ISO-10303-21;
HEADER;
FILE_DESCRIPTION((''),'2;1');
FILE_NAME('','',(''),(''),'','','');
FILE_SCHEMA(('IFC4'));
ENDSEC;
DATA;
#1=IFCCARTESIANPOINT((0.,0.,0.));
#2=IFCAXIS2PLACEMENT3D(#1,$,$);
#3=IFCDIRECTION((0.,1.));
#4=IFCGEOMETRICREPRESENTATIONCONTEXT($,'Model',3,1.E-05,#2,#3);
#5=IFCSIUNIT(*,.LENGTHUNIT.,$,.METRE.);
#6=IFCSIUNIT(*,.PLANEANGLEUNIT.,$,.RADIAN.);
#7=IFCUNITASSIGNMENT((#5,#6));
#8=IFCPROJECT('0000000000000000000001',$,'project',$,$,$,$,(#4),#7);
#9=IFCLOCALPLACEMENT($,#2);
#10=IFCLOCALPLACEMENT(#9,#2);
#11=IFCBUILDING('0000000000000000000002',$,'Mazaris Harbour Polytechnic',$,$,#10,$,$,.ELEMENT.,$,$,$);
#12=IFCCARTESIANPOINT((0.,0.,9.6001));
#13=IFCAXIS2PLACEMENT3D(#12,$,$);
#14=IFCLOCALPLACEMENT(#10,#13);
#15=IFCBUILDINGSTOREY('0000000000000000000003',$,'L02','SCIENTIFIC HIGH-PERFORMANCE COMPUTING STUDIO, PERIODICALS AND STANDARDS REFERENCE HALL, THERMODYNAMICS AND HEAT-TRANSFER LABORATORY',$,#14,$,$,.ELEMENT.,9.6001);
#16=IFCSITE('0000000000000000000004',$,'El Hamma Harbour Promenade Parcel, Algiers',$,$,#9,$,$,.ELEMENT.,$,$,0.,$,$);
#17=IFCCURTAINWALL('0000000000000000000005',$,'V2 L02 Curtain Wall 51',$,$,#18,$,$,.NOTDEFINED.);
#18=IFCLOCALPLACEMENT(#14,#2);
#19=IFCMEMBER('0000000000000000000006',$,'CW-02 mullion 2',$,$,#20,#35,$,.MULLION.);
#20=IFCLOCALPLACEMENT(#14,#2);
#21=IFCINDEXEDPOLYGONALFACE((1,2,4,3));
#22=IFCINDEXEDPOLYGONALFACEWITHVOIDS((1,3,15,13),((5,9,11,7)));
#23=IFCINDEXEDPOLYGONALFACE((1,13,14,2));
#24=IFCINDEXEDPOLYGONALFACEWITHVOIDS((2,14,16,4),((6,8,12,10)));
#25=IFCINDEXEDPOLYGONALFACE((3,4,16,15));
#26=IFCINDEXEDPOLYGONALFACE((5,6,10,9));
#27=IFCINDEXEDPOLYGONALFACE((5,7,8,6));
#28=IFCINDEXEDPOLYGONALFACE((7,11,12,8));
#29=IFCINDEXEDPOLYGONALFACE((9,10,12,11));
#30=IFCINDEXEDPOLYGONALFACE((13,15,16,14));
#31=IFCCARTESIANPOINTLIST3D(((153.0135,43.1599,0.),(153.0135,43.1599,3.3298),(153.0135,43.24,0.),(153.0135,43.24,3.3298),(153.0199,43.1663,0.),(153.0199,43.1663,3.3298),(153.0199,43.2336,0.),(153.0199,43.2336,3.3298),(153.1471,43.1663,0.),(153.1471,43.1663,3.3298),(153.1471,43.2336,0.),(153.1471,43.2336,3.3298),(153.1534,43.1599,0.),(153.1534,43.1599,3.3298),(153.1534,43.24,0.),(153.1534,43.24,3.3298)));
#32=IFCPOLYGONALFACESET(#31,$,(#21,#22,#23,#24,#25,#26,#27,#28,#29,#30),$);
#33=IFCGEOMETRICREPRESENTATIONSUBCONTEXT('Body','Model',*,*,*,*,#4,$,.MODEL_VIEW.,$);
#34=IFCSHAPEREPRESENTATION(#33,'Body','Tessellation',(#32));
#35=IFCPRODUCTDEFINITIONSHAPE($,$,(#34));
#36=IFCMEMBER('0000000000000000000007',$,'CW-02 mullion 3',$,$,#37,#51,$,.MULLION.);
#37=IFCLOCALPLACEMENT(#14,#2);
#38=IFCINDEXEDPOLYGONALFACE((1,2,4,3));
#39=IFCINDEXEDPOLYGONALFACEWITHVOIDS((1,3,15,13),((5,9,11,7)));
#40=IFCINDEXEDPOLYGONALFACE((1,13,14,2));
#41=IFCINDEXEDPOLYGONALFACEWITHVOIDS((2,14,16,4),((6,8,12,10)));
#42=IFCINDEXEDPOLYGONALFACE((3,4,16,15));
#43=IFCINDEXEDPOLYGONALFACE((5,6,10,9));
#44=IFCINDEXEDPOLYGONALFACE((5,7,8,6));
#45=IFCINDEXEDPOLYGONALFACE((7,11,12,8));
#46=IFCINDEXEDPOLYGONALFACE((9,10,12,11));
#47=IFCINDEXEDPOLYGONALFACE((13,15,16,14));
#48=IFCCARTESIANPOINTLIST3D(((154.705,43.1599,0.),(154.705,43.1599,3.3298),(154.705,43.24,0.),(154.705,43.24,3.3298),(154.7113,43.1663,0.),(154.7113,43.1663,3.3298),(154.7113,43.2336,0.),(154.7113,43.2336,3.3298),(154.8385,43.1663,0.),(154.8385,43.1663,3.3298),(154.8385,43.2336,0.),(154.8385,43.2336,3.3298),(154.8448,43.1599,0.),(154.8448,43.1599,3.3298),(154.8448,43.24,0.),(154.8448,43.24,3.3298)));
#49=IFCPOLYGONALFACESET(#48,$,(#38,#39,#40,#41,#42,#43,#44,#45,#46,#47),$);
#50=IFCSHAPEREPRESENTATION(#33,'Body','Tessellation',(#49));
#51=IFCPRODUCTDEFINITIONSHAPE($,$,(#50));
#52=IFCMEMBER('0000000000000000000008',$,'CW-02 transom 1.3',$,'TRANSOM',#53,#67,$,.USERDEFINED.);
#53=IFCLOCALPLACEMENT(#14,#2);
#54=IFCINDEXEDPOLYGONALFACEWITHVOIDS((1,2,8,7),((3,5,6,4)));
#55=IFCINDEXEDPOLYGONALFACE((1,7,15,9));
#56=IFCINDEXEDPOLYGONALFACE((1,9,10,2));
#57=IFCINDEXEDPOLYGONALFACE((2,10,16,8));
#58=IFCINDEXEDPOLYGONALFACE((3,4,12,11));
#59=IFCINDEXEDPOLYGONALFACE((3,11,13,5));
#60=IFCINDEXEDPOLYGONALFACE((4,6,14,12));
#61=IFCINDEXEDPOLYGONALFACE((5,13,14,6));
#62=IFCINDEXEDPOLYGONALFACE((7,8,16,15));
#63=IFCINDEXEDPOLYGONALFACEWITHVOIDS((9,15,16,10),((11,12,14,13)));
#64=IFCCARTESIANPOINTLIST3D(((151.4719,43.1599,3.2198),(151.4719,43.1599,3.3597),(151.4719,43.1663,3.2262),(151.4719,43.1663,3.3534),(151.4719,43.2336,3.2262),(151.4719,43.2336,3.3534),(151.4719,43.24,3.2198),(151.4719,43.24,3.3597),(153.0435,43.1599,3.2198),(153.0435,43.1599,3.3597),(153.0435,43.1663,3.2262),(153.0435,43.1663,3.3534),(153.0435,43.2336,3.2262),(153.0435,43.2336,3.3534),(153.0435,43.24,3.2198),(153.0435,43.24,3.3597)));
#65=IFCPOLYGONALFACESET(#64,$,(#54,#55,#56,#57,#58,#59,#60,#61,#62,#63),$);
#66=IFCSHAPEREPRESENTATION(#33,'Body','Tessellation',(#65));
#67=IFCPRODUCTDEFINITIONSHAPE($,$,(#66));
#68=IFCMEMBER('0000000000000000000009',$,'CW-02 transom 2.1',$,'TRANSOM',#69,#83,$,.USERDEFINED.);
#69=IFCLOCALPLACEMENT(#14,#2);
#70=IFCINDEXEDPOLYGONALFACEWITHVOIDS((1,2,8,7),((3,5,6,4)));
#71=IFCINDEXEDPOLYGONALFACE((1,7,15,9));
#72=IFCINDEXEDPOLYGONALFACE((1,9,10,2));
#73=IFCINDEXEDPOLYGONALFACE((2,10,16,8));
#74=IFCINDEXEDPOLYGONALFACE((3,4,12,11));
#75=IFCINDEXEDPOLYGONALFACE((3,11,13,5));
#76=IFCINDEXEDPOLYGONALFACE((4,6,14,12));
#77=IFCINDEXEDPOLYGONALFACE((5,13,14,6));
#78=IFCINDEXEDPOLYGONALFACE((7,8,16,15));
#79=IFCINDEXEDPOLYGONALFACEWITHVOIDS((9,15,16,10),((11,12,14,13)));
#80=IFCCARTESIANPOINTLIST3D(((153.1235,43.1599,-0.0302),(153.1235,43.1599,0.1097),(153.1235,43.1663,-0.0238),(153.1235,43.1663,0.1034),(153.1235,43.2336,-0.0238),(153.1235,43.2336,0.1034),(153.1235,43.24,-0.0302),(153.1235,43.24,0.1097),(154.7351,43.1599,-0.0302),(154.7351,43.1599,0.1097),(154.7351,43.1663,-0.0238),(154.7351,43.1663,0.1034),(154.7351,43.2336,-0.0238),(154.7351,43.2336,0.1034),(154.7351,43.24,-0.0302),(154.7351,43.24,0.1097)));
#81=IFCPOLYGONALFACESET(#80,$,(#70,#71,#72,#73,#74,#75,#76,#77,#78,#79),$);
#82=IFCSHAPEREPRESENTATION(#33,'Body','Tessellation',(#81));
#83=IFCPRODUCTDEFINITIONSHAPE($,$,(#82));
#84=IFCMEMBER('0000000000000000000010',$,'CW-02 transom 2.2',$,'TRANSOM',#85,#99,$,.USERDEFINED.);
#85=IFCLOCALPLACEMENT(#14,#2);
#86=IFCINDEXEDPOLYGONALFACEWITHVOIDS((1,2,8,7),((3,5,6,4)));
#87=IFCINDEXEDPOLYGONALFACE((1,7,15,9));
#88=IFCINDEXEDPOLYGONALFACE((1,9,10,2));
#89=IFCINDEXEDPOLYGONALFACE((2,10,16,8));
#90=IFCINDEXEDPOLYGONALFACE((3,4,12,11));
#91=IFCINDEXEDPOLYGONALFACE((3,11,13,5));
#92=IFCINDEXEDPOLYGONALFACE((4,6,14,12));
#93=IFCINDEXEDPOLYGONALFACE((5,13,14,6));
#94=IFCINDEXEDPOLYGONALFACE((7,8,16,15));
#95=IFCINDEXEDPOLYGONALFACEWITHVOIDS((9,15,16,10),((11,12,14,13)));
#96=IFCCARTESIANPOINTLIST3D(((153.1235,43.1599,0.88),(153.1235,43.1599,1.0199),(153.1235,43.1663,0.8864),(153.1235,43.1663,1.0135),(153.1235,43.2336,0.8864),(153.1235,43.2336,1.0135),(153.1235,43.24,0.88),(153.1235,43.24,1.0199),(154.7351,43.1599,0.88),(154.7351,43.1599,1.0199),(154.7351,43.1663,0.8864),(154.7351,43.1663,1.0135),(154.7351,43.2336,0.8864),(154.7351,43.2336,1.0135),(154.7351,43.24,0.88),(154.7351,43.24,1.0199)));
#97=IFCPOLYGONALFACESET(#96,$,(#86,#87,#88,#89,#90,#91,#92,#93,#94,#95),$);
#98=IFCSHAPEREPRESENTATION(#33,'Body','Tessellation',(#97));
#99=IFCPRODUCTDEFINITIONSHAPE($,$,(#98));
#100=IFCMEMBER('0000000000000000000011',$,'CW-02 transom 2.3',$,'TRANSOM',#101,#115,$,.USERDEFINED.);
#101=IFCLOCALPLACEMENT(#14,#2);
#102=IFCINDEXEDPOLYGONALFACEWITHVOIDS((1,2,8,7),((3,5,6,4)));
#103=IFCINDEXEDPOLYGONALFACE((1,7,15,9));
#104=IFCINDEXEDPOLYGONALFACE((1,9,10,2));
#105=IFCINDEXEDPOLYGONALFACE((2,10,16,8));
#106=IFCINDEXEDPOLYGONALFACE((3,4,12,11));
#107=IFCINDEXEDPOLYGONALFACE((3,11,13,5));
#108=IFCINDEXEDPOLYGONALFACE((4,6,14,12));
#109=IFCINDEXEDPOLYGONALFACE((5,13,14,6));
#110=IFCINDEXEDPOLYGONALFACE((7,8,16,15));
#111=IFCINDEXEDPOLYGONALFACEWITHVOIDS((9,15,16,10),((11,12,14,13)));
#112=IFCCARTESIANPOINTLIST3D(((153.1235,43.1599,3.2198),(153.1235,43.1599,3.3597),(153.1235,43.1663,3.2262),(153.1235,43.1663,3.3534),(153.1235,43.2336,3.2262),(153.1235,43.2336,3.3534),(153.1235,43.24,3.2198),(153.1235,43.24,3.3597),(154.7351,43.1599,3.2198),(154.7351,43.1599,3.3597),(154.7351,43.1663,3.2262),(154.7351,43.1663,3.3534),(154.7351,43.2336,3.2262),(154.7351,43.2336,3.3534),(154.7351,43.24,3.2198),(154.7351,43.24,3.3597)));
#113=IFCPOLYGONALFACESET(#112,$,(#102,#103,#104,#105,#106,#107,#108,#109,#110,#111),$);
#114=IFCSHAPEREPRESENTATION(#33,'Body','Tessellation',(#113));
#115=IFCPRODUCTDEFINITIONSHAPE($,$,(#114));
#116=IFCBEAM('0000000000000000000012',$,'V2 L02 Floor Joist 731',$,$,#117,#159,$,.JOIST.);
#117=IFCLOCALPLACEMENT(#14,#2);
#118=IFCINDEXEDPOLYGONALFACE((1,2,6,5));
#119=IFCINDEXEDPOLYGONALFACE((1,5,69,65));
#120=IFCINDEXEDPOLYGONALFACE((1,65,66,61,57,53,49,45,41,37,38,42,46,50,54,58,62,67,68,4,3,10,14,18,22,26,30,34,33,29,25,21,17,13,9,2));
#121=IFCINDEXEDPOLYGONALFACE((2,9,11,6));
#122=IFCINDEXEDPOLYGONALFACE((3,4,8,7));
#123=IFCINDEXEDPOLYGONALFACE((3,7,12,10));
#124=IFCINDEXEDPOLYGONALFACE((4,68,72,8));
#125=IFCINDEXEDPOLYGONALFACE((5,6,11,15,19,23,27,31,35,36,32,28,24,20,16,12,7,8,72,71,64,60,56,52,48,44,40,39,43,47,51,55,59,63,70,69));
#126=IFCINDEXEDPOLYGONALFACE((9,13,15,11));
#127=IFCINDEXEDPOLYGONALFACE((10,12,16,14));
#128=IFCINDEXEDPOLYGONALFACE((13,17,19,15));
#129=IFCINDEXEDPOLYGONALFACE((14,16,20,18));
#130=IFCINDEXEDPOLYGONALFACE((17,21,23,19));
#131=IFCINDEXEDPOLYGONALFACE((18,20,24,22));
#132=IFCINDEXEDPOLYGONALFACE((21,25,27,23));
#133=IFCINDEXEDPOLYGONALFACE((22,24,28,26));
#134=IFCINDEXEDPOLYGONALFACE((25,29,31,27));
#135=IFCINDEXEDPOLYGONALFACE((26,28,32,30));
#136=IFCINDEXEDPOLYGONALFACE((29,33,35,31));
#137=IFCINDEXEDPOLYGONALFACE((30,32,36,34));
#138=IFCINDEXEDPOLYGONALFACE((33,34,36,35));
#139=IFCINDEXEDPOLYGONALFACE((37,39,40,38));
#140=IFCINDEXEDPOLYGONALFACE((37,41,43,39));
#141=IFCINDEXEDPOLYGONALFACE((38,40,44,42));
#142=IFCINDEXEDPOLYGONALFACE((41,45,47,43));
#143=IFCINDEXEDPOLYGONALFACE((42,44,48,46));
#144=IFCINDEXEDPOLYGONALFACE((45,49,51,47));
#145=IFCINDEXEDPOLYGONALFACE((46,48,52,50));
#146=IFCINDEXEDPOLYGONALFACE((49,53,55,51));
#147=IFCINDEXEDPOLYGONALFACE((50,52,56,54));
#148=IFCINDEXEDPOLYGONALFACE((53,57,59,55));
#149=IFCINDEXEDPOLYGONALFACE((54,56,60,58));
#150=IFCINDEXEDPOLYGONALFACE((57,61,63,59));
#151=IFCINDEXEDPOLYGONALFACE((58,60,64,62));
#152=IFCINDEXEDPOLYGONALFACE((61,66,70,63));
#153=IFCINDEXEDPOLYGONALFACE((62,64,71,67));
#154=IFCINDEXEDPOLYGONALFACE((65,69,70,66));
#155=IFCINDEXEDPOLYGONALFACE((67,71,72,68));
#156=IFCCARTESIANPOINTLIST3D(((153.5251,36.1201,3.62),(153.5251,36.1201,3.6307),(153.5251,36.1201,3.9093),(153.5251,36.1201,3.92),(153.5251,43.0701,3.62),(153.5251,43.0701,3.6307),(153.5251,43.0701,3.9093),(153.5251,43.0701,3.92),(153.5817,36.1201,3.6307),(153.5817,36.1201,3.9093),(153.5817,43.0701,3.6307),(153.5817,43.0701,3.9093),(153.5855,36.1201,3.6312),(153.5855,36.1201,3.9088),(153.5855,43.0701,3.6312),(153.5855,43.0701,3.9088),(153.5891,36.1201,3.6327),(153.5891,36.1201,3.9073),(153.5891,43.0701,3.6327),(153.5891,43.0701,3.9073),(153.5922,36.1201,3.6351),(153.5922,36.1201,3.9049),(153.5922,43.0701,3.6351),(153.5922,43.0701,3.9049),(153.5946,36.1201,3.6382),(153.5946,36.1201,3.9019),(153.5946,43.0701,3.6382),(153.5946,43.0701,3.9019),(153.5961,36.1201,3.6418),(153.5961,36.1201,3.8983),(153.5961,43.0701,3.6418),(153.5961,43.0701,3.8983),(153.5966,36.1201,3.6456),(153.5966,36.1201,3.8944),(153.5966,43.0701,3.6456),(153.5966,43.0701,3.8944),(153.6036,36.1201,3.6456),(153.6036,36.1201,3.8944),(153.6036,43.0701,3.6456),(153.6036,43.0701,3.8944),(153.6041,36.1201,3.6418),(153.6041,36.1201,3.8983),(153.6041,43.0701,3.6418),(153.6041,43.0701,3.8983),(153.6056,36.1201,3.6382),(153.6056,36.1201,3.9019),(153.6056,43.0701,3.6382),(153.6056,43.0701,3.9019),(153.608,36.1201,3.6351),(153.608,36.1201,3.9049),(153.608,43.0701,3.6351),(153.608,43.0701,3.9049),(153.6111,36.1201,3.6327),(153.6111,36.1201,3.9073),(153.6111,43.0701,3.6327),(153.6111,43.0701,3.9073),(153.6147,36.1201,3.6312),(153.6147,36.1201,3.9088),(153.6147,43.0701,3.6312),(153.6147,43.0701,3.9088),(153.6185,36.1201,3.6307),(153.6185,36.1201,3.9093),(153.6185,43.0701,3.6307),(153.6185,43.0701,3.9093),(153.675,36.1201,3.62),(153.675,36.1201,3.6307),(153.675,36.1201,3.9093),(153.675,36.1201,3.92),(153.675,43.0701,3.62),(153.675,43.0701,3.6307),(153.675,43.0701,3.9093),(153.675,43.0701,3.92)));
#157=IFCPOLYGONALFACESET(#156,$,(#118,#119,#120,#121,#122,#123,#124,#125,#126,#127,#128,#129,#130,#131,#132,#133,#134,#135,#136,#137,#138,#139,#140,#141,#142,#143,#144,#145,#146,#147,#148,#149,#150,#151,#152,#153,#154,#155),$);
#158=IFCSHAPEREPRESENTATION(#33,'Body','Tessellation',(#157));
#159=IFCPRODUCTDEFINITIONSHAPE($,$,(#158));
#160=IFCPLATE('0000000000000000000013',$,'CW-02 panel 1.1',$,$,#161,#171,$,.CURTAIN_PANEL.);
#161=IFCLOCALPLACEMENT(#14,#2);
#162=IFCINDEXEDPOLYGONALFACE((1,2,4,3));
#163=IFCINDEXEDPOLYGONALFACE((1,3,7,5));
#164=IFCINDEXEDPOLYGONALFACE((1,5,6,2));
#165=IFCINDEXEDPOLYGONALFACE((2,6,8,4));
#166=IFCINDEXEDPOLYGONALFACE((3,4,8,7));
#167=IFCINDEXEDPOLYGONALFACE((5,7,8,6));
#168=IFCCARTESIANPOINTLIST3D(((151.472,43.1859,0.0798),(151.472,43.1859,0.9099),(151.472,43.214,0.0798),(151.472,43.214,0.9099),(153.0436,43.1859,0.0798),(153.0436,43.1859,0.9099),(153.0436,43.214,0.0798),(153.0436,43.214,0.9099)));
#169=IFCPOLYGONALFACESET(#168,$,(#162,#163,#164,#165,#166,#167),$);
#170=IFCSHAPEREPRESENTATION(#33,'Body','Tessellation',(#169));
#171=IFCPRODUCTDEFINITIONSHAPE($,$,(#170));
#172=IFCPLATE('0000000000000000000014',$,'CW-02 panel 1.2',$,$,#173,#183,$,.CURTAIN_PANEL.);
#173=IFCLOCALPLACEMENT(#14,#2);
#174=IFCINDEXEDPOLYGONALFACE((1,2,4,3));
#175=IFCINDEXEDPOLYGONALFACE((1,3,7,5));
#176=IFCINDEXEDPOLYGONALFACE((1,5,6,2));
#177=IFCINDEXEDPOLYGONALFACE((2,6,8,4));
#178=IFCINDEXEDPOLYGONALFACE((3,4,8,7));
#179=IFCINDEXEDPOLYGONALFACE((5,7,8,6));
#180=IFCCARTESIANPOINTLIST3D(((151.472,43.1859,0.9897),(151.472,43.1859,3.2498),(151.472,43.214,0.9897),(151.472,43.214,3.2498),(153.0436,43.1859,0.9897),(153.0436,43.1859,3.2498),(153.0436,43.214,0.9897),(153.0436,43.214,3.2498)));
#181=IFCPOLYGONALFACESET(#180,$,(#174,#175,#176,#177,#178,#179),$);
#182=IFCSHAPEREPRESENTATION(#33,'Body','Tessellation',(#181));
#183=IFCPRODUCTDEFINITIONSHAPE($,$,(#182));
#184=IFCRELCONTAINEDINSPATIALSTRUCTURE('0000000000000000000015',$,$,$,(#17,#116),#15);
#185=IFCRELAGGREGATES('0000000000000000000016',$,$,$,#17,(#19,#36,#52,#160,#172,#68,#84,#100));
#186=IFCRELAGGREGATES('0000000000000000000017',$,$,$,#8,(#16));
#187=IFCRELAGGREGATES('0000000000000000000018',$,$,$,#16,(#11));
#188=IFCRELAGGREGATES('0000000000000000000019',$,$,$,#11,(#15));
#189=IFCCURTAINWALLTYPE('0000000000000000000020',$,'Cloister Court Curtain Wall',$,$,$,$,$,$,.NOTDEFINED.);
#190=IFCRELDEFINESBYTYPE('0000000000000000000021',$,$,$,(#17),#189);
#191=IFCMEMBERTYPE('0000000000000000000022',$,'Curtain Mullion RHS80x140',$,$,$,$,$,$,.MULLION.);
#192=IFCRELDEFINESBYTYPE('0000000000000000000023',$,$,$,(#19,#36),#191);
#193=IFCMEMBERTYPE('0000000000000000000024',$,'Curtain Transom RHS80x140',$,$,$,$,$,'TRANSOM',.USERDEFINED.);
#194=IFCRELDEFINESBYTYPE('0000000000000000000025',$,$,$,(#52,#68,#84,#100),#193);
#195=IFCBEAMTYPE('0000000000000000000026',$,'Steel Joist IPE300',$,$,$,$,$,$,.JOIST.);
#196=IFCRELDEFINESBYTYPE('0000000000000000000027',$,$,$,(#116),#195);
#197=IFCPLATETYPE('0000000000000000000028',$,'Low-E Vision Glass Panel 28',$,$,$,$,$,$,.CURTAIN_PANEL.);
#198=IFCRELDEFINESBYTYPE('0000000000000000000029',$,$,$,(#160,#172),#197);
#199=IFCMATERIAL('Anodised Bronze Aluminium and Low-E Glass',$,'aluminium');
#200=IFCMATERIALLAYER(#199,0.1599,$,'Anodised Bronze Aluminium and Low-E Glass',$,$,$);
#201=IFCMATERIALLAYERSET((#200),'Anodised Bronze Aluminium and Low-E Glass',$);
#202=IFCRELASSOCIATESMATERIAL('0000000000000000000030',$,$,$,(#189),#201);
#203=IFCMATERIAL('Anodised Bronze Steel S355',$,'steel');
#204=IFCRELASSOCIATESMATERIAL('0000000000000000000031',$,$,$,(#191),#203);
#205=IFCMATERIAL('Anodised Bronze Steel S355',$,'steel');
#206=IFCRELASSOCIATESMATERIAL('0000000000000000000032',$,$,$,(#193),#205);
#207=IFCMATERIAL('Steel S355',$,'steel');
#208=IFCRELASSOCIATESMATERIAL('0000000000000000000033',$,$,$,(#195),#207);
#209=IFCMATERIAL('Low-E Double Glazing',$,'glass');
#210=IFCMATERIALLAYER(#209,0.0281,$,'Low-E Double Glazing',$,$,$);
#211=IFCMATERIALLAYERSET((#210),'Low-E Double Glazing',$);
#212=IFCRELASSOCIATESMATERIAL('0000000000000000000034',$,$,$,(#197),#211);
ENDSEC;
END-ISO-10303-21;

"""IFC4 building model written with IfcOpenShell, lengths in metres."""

from ifc_helpers import new_model, si_unit, direction, frame, origin, origin_2d, place, context, subcontext, project, spatial, rectangle, hollow_rectangle, i_section, extrude, material, layer, layer_set, material_profile, profile_set, type_object, element, aggregate, save


model = new_model("IFC4")

# Units and contexts
model_context = context("Model", 3, precision=1e-05, world=origin(), true_north=direction((0.0, 1.0)))
body_context = subcontext(model_context, "Body", "Model", "MODEL_VIEW")
ifc_project = project(units=[si_unit("LENGTHUNIT", "METRE"), si_unit("PLANEANGLEUNIT", "RADIAN")], contexts=[model_context])

# Site, building, storey
site_placement = place(None, origin())
site = spatial("IfcSite", under=ifc_project, at=site_placement, Name="El Hamma Harbour Promenade Parcel, Algiers", CompositionType="ELEMENT", RefElevation=0.0)
building_placement = place(site_placement, origin())
building = spatial("IfcBuilding", under=site, at=building_placement, Name="Mazaris Harbour Polytechnic", CompositionType="ELEMENT")
storey_placement = place(building_placement, frame((0.0, 0.0, 9.6001)))
storey = spatial("IfcBuildingStorey", under=building, at=storey_placement, Name="L02", Description="SCIENTIFIC HIGH-PERFORMANCE COMPUTING STUDIO, PERIODICALS AND STANDARDS REFERENCE HALL, THERMODYNAMICS AND HEAT-TRANSFER LABORATORY", CompositionType="ELEMENT", Elevation=9.6001)

# Curtain wall, members
ifc_material_1 = material(Name="Anodised Bronze Aluminium and Low-E Glass", Category="aluminium")
ifc_layer_1 = layer(ifc_material_1, 0.1599, Name="Anodised Bronze Aluminium and Low-E Glass")
ifc_layer_set_1 = layer_set([ifc_layer_1], Name="Anodised Bronze Aluminium and Low-E Glass")
curtain_wall_type = type_object("IfcCurtainWallType", Name="Cloister Court Curtain Wall", PredefinedType="NOTDEFINED", material=ifc_layer_set_1)
curtain_wall_placement = place(storey_placement, origin())
curtain_wall = element("IfcCurtainWall", 1, at=curtain_wall_placement, inside=storey, type_object=curtain_wall_type, Name="V2 L02 Curtain Wall 51", PredefinedType="NOTDEFINED")
ifc_material_2 = material(Name="Anodised Bronze Steel S355", Category="steel")
ifc_material_profile_1 = material_profile(ifc_material_2, hollow_rectangle(XDim=0.0801, YDim=0.1399, WallThickness=0.0063, at=origin_2d()), Name="RHS 80x140x6.3")
ifc_profile_set_1 = profile_set([ifc_material_profile_1], Name="Anodised Bronze Steel S355")
member_type_1 = type_object("IfcMemberType", Name="Curtain Mullion RHS80x140", PredefinedType="MULLION", material=ifc_profile_set_1)
member_1_placement = place(storey_placement, frame((153.0835, 43.2, 0.0), z_axis=(0.0, 0.0, 1.0), x_axis=(0.0, 1.0, 0.0)))
member_1 = element("IfcMember", 2, at=member_1_placement, type_object=member_type_1, Name="CW-02 mullion 2", PredefinedType="MULLION", context=body_context, shape_type="SweptSolid", body=[
    extrude(hollow_rectangle(XDim=0.0801, YDim=0.1399, WallThickness=0.0063, at=origin_2d()), origin(), (0.0, 0.0, 1.0), 3.3298),
])
member_2_placement = place(storey_placement, frame((154.7749, 43.2, 0.0), z_axis=(0.0, 0.0, 1.0), x_axis=(0.0, 1.0, 0.0)))
member_2 = element("IfcMember", 3, at=member_2_placement, type_object=member_type_1, Name="CW-02 mullion 3", PredefinedType="MULLION", context=body_context, shape_type="SweptSolid", body=[
    extrude(hollow_rectangle(XDim=0.0801, YDim=0.1399, WallThickness=0.0063, at=origin_2d()), origin(), (0.0, 0.0, 1.0), 3.3298),
])
ifc_material_3 = material(Name="Anodised Bronze Steel S355", Category="steel")
ifc_material_profile_2 = material_profile(ifc_material_3, hollow_rectangle(XDim=0.0801, YDim=0.1399, WallThickness=0.0063, at=origin_2d()), Name="RHS 80x140x6.3")
ifc_profile_set_2 = profile_set([ifc_material_profile_2], Name="Anodised Bronze Steel S355")
member_type_2 = type_object("IfcMemberType", Name="Curtain Transom RHS80x140", ElementType="TRANSOM", PredefinedType="USERDEFINED", material=ifc_profile_set_2)
member_3_placement = place(storey_placement, frame((151.4719, 43.2, 3.2898), z_axis=(1.0, 0.0, 0.0), x_axis=(0.0, 1.0, 0.0)))
member_3 = element("IfcMember", 4, at=member_3_placement, type_object=member_type_2, Name="CW-02 transom 1.3", ObjectType="TRANSOM", PredefinedType="USERDEFINED", context=body_context, shape_type="SweptSolid", body=[
    extrude(hollow_rectangle(XDim=0.0801, YDim=0.1399, WallThickness=0.0063, at=origin_2d()), origin(), (0.0, 0.0, 1.0), 1.5715),
])
member_4_placement = place(storey_placement, frame((153.1235, 43.2, 0.0398), z_axis=(1.0, 0.0, 0.0), x_axis=(0.0, 1.0, 0.0)))
member_4 = element("IfcMember", 5, at=member_4_placement, type_object=member_type_2, Name="CW-02 transom 2.1", ObjectType="TRANSOM", PredefinedType="USERDEFINED", context=body_context, shape_type="SweptSolid", body=[
    extrude(hollow_rectangle(XDim=0.0801, YDim=0.1399, WallThickness=0.0063, at=origin_2d()), origin(), (0.0, 0.0, 1.0), 1.6116),
])
member_5_placement = place(storey_placement, frame((153.1235, 43.2, 0.95), z_axis=(1.0, 0.0, 0.0), x_axis=(0.0, 1.0, 0.0)))
member_5 = element("IfcMember", 6, at=member_5_placement, type_object=member_type_2, Name="CW-02 transom 2.2", ObjectType="TRANSOM", PredefinedType="USERDEFINED", context=body_context, shape_type="SweptSolid", body=[
    extrude(hollow_rectangle(XDim=0.0801, YDim=0.1399, WallThickness=0.0063, at=origin_2d()), origin(), (0.0, 0.0, 1.0), 1.6116),
])
member_6_placement = place(storey_placement, frame((153.1235, 43.2, 3.2898), z_axis=(1.0, 0.0, 0.0), x_axis=(0.0, 1.0, 0.0)))
member_6 = element("IfcMember", 7, at=member_6_placement, type_object=member_type_2, Name="CW-02 transom 2.3", ObjectType="TRANSOM", PredefinedType="USERDEFINED", context=body_context, shape_type="SweptSolid", body=[
    extrude(hollow_rectangle(XDim=0.0801, YDim=0.1399, WallThickness=0.0063, at=origin_2d()), origin(), (0.0, 0.0, 1.0), 1.6116),
])

# Beam
ifc_material_4 = material(Name="Steel S355", Category="steel")
ifc_material_profile_3 = material_profile(ifc_material_4, i_section(OverallWidth=0.1499, OverallDepth=0.3, WebThickness=0.0071, FlangeThickness=0.0107, FilletRadius=0.0149, at=origin_2d()), Name="IPE 300")
ifc_profile_set_3 = profile_set([ifc_material_profile_3], Name="Steel S355")
beam_type = type_object("IfcBeamType", Name="Steel Joist IPE300", PredefinedType="JOIST", material=ifc_profile_set_3)
beam_placement = place(storey_placement, frame((153.6001, 36.1201, 3.77), z_axis=(0.0, 1.0, 0.0), x_axis=(-1.0, 0.0, 0.0)))
element("IfcBeam", 8, at=beam_placement, inside=storey, type_object=beam_type, Name="V2 L02 Floor Joist 731", PredefinedType="JOIST", context=body_context, shape_type="SweptSolid", body=[
    extrude(i_section(OverallWidth=0.1499, OverallDepth=0.3, WebThickness=0.0071, FlangeThickness=0.0107, FilletRadius=0.0149, at=origin_2d()), origin(), (0.0, 0.0, 1.0), 6.95),
])

# Plates
ifc_material_5 = material(Name="Low-E Double Glazing", Category="glass")
ifc_layer_2 = layer(ifc_material_5, 0.0281, Name="Low-E Double Glazing")
ifc_layer_set_2 = layer_set([ifc_layer_2], Name="Low-E Double Glazing")
plate_type = type_object("IfcPlateType", Name="Low-E Vision Glass Panel 28", PredefinedType="CURTAIN_PANEL", material=ifc_layer_set_2)
plate_1_placement = place(storey_placement, frame((152.2578, 43.2, 0.0798), z_axis=(0.0, 0.0, 1.0), x_axis=(1.0, 0.0, 0.0)))
plate_1 = element("IfcPlate", 9, at=plate_1_placement, type_object=plate_type, Name="CW-02 panel 1.1", PredefinedType="CURTAIN_PANEL", context=body_context, shape_type="SweptSolid", body=[
    extrude(rectangle(XDim=1.5715, YDim=0.0281, at=origin_2d()), origin(), (0.0, 0.0, 1.0), 0.8301),
])
plate_2_placement = place(storey_placement, frame((152.2578, 43.2, 0.9897), z_axis=(0.0, 0.0, 1.0), x_axis=(1.0, 0.0, 0.0)))
plate_2 = element("IfcPlate", 10, at=plate_2_placement, type_object=plate_type, Name="CW-02 panel 1.2", PredefinedType="CURTAIN_PANEL", context=body_context, shape_type="SweptSolid", body=[
    extrude(rectangle(XDim=1.5715, YDim=0.0281, at=origin_2d()), origin(), (0.0, 0.0, 1.0), 2.26),
])
aggregate(curtain_wall, [member_1, member_2, member_3, plate_1, plate_2, member_4, member_5, member_6])

save(model, "model.ifc")
